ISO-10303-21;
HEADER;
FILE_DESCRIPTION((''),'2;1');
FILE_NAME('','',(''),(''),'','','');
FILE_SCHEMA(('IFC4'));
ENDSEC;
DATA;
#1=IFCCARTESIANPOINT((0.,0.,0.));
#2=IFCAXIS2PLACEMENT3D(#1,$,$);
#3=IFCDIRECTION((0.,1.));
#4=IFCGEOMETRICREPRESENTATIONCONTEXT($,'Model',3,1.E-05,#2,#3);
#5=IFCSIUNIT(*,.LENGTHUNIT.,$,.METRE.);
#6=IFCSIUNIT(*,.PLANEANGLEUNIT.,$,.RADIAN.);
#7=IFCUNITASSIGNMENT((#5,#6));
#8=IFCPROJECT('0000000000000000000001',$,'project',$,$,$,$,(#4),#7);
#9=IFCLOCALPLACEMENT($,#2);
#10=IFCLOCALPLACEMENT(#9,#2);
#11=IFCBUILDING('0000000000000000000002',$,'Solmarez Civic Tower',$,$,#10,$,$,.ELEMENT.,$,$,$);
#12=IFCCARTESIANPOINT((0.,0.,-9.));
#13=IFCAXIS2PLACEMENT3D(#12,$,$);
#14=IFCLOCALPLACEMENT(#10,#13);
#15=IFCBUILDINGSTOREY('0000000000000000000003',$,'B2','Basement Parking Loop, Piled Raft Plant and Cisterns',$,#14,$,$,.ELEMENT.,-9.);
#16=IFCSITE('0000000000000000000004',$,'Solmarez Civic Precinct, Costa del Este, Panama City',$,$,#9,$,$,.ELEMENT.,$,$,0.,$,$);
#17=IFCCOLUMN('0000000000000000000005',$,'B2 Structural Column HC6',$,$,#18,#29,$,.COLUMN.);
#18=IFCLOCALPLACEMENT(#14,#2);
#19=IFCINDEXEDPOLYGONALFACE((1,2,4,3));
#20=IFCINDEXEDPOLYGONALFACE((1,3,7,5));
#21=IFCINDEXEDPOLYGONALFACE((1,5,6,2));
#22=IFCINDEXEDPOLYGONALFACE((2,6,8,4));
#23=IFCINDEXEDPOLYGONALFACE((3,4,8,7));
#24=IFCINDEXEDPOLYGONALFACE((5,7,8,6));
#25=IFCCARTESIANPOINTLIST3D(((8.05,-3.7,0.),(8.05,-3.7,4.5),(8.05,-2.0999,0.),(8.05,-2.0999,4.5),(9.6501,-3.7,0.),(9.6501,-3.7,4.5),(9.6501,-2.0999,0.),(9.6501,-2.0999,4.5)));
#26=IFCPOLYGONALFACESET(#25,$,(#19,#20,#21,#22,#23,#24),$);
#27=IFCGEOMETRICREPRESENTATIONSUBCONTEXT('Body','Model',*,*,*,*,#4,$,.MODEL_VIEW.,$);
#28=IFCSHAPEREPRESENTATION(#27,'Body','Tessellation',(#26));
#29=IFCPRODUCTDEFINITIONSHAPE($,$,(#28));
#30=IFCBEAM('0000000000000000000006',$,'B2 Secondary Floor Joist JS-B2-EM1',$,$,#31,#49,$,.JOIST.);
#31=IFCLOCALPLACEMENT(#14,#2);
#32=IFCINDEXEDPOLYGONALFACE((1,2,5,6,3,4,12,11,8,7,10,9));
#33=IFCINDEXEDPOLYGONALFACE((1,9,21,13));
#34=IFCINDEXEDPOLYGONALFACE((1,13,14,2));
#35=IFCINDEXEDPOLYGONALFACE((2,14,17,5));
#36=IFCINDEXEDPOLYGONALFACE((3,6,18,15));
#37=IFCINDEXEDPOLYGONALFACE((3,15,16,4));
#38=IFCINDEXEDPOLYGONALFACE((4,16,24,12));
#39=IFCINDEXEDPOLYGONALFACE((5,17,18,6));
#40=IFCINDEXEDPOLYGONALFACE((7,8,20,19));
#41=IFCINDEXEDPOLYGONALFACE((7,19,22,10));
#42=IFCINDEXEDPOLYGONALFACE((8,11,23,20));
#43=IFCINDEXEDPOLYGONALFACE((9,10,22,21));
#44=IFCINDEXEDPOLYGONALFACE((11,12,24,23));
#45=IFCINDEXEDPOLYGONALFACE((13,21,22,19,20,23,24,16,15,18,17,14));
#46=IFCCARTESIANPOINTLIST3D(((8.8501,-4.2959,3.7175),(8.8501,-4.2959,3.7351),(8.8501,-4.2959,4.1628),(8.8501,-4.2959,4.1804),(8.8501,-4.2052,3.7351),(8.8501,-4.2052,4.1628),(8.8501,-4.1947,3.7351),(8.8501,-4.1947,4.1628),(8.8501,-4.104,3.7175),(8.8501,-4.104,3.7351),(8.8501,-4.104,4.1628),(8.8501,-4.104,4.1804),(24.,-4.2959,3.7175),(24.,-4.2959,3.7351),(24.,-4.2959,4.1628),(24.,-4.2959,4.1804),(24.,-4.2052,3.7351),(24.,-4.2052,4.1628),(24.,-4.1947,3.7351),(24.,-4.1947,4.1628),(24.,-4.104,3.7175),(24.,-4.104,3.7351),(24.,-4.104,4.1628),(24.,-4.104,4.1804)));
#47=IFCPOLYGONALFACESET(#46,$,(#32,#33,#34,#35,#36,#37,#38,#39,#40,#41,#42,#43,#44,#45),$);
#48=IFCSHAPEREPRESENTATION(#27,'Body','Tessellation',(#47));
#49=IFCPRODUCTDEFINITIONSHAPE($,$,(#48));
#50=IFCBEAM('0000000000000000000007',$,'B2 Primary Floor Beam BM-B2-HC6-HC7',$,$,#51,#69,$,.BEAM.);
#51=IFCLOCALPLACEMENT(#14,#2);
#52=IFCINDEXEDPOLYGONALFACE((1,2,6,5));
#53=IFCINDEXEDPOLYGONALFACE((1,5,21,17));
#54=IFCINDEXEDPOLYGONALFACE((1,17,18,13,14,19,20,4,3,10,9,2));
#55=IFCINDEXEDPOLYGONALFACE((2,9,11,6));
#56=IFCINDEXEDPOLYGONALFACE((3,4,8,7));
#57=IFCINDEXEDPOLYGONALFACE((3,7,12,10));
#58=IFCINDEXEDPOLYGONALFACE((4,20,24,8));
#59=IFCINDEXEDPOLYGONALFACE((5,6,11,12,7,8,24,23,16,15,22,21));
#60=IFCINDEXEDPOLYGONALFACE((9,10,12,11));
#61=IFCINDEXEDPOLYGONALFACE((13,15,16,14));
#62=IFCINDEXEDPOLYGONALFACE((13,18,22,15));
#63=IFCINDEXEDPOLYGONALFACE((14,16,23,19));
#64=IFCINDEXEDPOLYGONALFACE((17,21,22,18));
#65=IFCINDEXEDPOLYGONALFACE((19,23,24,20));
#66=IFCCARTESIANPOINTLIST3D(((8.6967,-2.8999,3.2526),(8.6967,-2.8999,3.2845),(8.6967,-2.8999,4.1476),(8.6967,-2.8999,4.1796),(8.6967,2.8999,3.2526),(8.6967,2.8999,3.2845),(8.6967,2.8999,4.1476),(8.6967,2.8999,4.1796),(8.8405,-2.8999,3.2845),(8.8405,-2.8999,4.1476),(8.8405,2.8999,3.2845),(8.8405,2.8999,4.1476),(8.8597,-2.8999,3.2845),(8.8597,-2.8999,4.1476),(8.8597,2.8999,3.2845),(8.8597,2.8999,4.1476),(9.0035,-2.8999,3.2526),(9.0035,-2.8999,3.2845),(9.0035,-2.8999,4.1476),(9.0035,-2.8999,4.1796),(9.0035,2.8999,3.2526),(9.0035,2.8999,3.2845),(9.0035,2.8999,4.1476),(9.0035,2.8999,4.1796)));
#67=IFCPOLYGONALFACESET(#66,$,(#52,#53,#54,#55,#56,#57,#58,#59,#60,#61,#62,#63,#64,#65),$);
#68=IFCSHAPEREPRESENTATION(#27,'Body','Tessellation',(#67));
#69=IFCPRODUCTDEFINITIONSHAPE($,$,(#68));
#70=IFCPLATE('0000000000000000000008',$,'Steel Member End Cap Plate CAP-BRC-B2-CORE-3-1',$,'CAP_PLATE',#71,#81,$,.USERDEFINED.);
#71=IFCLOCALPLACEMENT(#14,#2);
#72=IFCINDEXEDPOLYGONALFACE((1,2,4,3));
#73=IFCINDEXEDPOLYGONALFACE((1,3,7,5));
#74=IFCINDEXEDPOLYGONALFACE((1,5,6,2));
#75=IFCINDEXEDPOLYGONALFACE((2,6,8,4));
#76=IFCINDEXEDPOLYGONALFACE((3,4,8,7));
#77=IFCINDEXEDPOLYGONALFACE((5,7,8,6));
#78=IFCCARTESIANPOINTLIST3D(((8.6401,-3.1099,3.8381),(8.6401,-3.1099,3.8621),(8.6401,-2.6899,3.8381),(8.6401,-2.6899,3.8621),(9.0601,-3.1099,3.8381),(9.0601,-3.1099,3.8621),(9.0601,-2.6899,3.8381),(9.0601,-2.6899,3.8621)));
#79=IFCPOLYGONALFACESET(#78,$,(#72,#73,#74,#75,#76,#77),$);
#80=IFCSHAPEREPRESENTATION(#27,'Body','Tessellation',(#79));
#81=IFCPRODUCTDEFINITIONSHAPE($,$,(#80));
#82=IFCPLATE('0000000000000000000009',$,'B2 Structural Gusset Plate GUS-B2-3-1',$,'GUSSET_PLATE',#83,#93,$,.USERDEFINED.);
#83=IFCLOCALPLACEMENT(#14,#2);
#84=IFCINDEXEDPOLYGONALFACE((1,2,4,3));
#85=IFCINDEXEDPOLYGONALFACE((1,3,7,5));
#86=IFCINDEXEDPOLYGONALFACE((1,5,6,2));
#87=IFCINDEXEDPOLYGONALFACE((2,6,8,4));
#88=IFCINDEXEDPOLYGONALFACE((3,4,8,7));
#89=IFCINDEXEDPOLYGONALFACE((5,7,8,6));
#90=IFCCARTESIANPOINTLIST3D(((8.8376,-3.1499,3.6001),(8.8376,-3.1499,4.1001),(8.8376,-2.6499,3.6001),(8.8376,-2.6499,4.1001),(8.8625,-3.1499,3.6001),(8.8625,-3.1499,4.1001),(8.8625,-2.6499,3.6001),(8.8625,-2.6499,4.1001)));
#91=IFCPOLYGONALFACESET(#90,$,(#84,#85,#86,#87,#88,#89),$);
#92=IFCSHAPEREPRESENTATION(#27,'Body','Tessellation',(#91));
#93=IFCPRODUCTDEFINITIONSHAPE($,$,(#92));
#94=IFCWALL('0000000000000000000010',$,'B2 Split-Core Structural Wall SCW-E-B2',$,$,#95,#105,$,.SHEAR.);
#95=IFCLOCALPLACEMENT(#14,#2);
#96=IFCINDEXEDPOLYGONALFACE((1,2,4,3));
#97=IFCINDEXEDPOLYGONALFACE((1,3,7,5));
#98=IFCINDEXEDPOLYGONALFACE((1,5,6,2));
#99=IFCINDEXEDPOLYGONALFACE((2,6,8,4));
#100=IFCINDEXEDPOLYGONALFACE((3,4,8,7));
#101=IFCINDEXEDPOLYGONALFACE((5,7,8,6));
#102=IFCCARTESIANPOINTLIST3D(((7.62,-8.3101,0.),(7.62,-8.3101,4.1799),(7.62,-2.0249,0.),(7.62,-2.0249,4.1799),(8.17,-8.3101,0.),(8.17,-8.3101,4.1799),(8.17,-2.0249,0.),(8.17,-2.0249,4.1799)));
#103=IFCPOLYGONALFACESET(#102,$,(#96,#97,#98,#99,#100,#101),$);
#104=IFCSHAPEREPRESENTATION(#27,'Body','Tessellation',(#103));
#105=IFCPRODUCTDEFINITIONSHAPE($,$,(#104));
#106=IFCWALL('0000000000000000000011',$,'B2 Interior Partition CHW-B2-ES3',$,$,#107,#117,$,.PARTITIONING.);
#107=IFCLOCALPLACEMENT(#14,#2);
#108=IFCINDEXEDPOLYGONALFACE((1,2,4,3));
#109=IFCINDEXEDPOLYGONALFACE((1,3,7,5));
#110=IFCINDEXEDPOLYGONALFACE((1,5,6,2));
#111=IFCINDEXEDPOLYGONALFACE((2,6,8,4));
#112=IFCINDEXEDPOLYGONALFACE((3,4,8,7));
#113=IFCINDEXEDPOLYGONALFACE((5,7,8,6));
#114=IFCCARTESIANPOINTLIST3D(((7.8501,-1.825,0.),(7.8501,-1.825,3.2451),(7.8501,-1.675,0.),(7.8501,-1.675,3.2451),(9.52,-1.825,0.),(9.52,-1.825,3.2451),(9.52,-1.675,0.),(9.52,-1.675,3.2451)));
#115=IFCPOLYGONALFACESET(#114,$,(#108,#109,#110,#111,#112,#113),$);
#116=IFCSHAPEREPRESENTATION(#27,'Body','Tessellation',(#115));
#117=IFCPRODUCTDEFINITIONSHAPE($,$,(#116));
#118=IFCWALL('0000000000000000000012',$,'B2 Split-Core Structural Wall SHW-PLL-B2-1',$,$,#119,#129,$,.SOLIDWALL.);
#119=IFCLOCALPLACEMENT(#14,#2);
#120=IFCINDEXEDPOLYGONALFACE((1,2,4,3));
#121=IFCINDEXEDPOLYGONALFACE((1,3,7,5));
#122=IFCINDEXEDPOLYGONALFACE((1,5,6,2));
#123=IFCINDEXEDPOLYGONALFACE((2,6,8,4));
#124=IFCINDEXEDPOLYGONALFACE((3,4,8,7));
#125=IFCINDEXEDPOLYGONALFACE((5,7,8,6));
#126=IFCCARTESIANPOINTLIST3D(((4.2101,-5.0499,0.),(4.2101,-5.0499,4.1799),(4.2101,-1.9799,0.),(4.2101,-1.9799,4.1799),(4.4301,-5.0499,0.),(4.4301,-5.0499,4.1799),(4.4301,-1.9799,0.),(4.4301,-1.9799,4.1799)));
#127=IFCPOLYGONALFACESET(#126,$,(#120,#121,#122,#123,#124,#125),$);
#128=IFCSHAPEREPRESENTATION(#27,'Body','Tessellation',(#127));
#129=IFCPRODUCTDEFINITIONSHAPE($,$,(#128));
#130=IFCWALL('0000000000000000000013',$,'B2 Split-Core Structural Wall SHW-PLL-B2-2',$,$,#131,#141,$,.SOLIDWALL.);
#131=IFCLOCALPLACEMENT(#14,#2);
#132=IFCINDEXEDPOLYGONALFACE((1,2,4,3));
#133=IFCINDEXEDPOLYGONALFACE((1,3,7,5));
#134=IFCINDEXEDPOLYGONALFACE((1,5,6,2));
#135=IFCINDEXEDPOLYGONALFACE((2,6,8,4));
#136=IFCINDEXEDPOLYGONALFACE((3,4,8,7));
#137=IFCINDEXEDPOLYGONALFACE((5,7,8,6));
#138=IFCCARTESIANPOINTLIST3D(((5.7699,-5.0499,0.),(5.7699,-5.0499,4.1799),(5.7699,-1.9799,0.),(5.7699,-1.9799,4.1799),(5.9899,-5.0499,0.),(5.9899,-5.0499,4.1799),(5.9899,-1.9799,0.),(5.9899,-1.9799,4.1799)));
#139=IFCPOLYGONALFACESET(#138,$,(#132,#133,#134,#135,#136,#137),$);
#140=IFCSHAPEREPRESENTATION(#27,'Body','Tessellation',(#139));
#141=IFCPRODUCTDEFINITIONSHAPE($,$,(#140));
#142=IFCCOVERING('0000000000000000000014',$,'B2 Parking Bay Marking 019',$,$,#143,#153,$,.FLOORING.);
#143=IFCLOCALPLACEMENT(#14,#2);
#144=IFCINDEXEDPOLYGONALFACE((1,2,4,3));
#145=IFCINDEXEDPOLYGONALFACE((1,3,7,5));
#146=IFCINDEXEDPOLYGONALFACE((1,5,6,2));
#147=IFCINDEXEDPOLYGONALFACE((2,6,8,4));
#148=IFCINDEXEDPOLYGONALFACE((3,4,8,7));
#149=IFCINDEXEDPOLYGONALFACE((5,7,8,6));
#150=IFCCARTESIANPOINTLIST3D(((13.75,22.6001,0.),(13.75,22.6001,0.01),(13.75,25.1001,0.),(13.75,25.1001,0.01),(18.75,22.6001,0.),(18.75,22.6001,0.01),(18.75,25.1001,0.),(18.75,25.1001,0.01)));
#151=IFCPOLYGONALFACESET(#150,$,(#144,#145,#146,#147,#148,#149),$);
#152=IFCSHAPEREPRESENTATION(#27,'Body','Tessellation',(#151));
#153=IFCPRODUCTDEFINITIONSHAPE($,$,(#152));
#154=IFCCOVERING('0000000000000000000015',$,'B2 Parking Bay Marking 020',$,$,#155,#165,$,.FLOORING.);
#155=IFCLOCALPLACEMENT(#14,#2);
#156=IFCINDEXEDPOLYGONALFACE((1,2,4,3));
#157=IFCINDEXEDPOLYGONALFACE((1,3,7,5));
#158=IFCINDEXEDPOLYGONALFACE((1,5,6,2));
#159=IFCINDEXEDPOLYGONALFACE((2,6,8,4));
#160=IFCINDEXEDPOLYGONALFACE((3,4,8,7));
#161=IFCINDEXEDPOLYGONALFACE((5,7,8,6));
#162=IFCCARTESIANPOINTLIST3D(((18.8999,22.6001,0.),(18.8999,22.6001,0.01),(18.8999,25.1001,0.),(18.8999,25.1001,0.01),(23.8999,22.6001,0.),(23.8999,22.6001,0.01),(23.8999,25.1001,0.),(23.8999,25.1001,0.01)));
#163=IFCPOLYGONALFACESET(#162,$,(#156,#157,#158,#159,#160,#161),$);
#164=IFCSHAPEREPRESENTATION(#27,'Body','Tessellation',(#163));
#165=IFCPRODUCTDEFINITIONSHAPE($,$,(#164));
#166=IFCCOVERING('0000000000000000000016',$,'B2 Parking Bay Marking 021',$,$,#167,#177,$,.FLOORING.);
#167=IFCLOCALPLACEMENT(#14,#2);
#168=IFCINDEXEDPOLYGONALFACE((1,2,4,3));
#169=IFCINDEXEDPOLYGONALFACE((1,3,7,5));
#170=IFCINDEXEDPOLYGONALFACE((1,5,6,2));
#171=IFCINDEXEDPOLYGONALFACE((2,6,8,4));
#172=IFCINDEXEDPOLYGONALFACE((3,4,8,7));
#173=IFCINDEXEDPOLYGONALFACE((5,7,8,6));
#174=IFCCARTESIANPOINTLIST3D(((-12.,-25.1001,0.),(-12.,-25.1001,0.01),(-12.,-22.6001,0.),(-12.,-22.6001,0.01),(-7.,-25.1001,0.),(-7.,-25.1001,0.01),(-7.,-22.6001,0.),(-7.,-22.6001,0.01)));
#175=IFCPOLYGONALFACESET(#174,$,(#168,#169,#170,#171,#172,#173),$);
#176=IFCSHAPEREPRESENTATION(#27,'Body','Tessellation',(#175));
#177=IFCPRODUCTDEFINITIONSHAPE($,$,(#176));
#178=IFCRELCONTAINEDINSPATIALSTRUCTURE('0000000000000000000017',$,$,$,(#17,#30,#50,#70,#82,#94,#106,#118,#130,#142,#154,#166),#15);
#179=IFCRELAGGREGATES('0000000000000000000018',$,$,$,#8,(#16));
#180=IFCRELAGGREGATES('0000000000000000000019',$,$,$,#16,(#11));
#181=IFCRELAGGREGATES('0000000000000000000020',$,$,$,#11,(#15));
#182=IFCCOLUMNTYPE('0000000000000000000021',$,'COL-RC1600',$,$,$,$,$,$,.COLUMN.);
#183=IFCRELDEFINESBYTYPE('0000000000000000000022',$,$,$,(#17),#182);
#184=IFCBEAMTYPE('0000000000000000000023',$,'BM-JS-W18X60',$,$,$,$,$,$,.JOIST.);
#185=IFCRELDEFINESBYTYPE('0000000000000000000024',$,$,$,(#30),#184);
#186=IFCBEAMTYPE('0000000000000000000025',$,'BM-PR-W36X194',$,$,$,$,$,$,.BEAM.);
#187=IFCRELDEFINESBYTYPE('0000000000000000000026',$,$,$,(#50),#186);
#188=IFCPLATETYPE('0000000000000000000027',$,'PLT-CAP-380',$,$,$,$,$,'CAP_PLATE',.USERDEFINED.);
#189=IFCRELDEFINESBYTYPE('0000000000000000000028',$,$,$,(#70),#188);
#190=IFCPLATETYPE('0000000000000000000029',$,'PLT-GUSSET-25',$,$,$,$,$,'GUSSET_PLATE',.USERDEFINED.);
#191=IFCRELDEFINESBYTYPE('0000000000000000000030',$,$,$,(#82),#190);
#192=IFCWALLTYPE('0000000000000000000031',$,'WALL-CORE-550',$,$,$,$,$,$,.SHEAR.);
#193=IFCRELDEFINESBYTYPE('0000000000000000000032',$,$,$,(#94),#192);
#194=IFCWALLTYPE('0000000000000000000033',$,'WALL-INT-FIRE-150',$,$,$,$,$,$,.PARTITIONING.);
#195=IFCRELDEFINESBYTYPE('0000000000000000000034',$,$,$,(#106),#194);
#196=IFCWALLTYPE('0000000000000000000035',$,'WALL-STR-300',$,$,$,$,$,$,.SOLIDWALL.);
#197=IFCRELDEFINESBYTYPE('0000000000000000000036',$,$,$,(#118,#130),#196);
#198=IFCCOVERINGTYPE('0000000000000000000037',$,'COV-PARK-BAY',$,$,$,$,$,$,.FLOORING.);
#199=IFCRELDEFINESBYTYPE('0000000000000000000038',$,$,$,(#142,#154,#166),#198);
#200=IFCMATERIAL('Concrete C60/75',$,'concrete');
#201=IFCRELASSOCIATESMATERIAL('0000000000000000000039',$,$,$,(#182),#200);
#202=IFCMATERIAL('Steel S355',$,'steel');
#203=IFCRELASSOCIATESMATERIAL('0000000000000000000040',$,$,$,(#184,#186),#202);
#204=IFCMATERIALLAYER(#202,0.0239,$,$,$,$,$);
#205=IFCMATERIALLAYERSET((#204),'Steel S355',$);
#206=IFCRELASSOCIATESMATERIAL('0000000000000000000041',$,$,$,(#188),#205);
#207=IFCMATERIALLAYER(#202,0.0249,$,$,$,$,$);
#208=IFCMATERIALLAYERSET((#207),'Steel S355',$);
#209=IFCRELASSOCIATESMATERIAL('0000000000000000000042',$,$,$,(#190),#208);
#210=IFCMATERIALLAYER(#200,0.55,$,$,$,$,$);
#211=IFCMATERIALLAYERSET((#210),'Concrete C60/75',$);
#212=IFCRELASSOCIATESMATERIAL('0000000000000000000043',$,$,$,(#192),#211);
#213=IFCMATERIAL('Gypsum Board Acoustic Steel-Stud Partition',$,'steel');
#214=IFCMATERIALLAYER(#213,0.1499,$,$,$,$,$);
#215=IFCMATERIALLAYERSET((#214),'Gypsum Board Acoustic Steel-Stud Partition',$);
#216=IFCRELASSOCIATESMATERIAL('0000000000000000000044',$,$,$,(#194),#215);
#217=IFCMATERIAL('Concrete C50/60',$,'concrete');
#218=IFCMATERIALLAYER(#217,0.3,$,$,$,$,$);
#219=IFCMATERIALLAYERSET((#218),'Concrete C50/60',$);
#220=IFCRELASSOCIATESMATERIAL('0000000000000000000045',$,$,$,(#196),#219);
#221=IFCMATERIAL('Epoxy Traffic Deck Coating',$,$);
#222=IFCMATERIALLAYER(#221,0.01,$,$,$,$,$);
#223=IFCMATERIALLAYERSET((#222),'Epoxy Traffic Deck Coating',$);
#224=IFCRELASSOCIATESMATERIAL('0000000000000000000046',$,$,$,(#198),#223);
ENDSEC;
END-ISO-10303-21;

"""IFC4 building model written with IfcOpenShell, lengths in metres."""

from ifc_helpers import new_model, si_unit, direction, frame, frame_2d, origin, origin_2d, place, context, subcontext, project, spatial, polyline, rectangle, i_section, outline, extrude, material, layer, layer_set, material_profile, profile_set, type_object, element, save


model = new_model("IFC4")

# Units and contexts
model_context = context("Model", 3, precision=1e-05, world=origin(), true_north=direction((0.0, 1.0)))
body_context = subcontext(model_context, "Body", "Model", "MODEL_VIEW")
ifc_project = project(units=[si_unit("LENGTHUNIT", "METRE"), si_unit("PLANEANGLEUNIT", "RADIAN")], contexts=[model_context])

# Site, building, storey
site_placement = place(None, origin())
site = spatial("IfcSite", under=ifc_project, at=site_placement, Name="Solmarez Civic Precinct, Costa del Este, Panama City", CompositionType="ELEMENT", RefElevation=0.0)
building_placement = place(site_placement, origin())
building = spatial("IfcBuilding", under=site, at=building_placement, Name="Solmarez Civic Tower", CompositionType="ELEMENT")
storey_placement = place(building_placement, frame((0.0, 0.0, -9.0)))
storey = spatial("IfcBuildingStorey", under=building, at=storey_placement, Name="B2", Description="Basement Parking Loop, Piled Raft Plant and Cisterns", CompositionType="ELEMENT", Elevation=-9.0)

# Column
ifc_material_1 = material(Name="Concrete C60/75", Category="concrete")
ifc_material_profile_1 = material_profile(ifc_material_1, rectangle(XDim=1.6001, YDim=1.6001, at=origin_2d()), Name="RC1600X1600")
ifc_profile_set_1 = profile_set([ifc_material_profile_1], Name="Concrete C60/75")
column_type = type_object("IfcColumnType", Name="COL-RC1600", PredefinedType="COLUMN", material=ifc_profile_set_1)
column_placement = place(storey_placement, frame((8.8501, -2.8999, 0.0), z_axis=(0.0, 0.0, 1.0), x_axis=(1.0, 0.0, 0.0)))
element("IfcColumn", 1, at=column_placement, inside=storey, type_object=column_type, Name="B2 Structural Column HC6", PredefinedType="COLUMN", context=body_context, shape_type="SweptSolid", body=[
    extrude(rectangle(XDim=1.6001, YDim=1.6001, at=origin_2d()), origin(), (0.0, 0.0, 1.0), 4.5),
])

# Beams
ifc_material_2 = material(Name="Steel S355", Category="steel")
ifc_material_profile_2 = material_profile(ifc_material_2, i_section(OverallWidth=0.1919, OverallDepth=0.4629, WebThickness=0.0105, FlangeThickness=0.0176, at=origin_2d()), Name="W18X60")
ifc_profile_set_2 = profile_set([ifc_material_profile_2], Name="Steel S355")
beam_type_1 = type_object("IfcBeamType", Name="BM-JS-W18X60", PredefinedType="JOIST", material=ifc_profile_set_2)
beam_1_placement = place(storey_placement, frame((8.8501, -4.2, 3.949), z_axis=(1.0, 0.0, 0.0), x_axis=(0.0, 1.0, 0.0)))
element("IfcBeam", 2, at=beam_1_placement, inside=storey, type_object=beam_type_1, Name="B2 Secondary Floor Joist JS-B2-EM1", PredefinedType="JOIST", context=body_context, shape_type="SweptSolid", body=[
    extrude(i_section(OverallWidth=0.1919, OverallDepth=0.4629, WebThickness=0.0105, FlangeThickness=0.0176, at=origin_2d()), origin(), (0.0, 0.0, 1.0), 15.1499),
])
ifc_material_profile_3 = material_profile(ifc_material_2, i_section(OverallWidth=0.3069, OverallDepth=0.927, WebThickness=0.0193, FlangeThickness=0.032, at=origin_2d()), Name="W36X194")
ifc_profile_set_3 = profile_set([ifc_material_profile_3], Name="Steel S355")
beam_type_2 = type_object("IfcBeamType", Name="BM-PR-W36X194", PredefinedType="BEAM", material=ifc_profile_set_3)
beam_2_placement = place(storey_placement, frame((8.8501, -2.8999, 3.7161), z_axis=(0.0, 1.0, 0.0), x_axis=(-1.0, 0.0, 0.0)))
element("IfcBeam", 3, at=beam_2_placement, inside=storey, type_object=beam_type_2, Name="B2 Primary Floor Beam BM-B2-HC6-HC7", PredefinedType="BEAM", context=body_context, shape_type="SweptSolid", body=[
    extrude(i_section(OverallWidth=0.3069, OverallDepth=0.927, WebThickness=0.0193, FlangeThickness=0.032, at=origin_2d()), origin(), (0.0, 0.0, 1.0), 5.7998),
])

# Plates
ifc_layer_1 = layer(ifc_material_2, 0.0239)
ifc_layer_set_1 = layer_set([ifc_layer_1], Name="Steel S355")
plate_type_1 = type_object("IfcPlateType", Name="PLT-CAP-380", ElementType="CAP_PLATE", PredefinedType="USERDEFINED", material=ifc_layer_set_1)
plate_1_placement = place(storey_placement, frame((8.8501, -2.8999, 3.8381), z_axis=(0.0, 0.0, 1.0), x_axis=(1.0, 0.0, 0.0)))
element("IfcPlate", 4, at=plate_1_placement, inside=storey, type_object=plate_type_1, Name="Steel Member End Cap Plate CAP-BRC-B2-CORE-3-1", ObjectType="CAP_PLATE", PredefinedType="USERDEFINED", context=body_context, shape_type="SweptSolid", body=[
    extrude(rectangle(XDim=0.4199, YDim=0.4199, at=origin_2d()), origin(), (0.0, 0.0, 1.0), 0.0239),
])
ifc_layer_2 = layer(ifc_material_2, 0.0249)
ifc_layer_set_2 = layer_set([ifc_layer_2], Name="Steel S355")
plate_type_2 = type_object("IfcPlateType", Name="PLT-GUSSET-25", ElementType="GUSSET_PLATE", PredefinedType="USERDEFINED", material=ifc_layer_set_2)
plate_2_placement = place(storey_placement, frame((8.8501, -2.8999, 3.6001), z_axis=(0.0, 0.0, 1.0), x_axis=(0.0, 1.0, 0.0)))
element("IfcPlate", 5, at=plate_2_placement, inside=storey, type_object=plate_type_2, Name="B2 Structural Gusset Plate GUS-B2-3-1", ObjectType="GUSSET_PLATE", PredefinedType="USERDEFINED", context=body_context, shape_type="SweptSolid", body=[
    extrude(rectangle(XDim=0.5, YDim=0.0249, at=origin_2d()), origin(), (0.0, 0.0, 1.0), 0.5),
])

# Walls
ifc_layer_3 = layer(ifc_material_1, 0.55)
ifc_layer_set_3 = layer_set([ifc_layer_3], Name="Concrete C60/75")
wall_type_1 = type_object("IfcWallType", Name="WALL-CORE-550", PredefinedType="SHEAR", material=ifc_layer_set_3)
wall_1_placement = place(storey_placement, frame((7.895, -2.0249, 0.0), z_axis=(0.0, 0.0, 1.0), x_axis=(0.0, -1.0, 0.0)))
element("IfcWall", 6, at=wall_1_placement, inside=storey, type_object=wall_type_1, Name="B2 Split-Core Structural Wall SCW-E-B2", PredefinedType="SHEAR", context=body_context, shape_type="SweptSolid", body=[
    extrude(rectangle(XDim=6.2852, YDim=0.55, at=frame_2d((3.1426, 0.0))), origin(), (0.0, 0.0, 1.0), 4.1799),
])
ifc_material_3 = material(Name="Gypsum Board Acoustic Steel-Stud Partition", Category="steel")
ifc_layer_4 = layer(ifc_material_3, 0.1499)
ifc_layer_set_4 = layer_set([ifc_layer_4], Name="Gypsum Board Acoustic Steel-Stud Partition")
wall_type_2 = type_object("IfcWallType", Name="WALL-INT-FIRE-150", PredefinedType="PARTITIONING", material=ifc_layer_set_4)
wall_2_placement = place(storey_placement, frame((7.8501, -1.75, 0.0), z_axis=(0.0, 0.0, 1.0), x_axis=(1.0, 0.0, 0.0)))
element("IfcWall", 7, at=wall_2_placement, inside=storey, type_object=wall_type_2, Name="B2 Interior Partition CHW-B2-ES3", PredefinedType="PARTITIONING", context=body_context, shape_type="SweptSolid", body=[
    extrude(rectangle(XDim=1.6699, YDim=0.1499, at=frame_2d((0.835, 0.0))), origin(), (0.0, 0.0, 1.0), 3.2451),
])
ifc_material_4 = material(Name="Concrete C50/60", Category="concrete")
ifc_layer_5 = layer(ifc_material_4, 0.3)
ifc_layer_set_5 = layer_set([ifc_layer_5], Name="Concrete C50/60")
wall_type_3 = type_object("IfcWallType", Name="WALL-STR-300", PredefinedType="SOLIDWALL", material=ifc_layer_set_5)
for number, where, z_axis, x_axis, name in (
    (8, (4.3201, -5.05, 0.0), (0.0, 0.0, 1.0), (0.0, 1.0, 0.0), "B2 Split-Core Structural Wall SHW-PLL-B2-1"),
    (9, (5.8799, -5.05, 0.0), (0.0, 0.0, 1.0), (0.0, 1.0, 0.0), "B2 Split-Core Structural Wall SHW-PLL-B2-2"),
):
    element("IfcWall", number, at=place(storey_placement, frame(where, z_axis=z_axis, x_axis=x_axis)), inside=storey, type_object=wall_type_3, Name=name, PredefinedType="SOLIDWALL", context=body_context, shape_type="SweptSolid", body=[
        extrude(rectangle(XDim=3.0701, YDim=0.22, at=frame_2d((1.5352, 0.0))), origin(), (0.0, 0.0, 1.0), 4.1799),
    ])

# Coverings
ifc_material_5 = material(Name="Epoxy Traffic Deck Coating")
ifc_layer_6 = layer(ifc_material_5, 0.01)
ifc_layer_set_6 = layer_set([ifc_layer_6], Name="Epoxy Traffic Deck Coating")
covering_type = type_object("IfcCoveringType", Name="COV-PARK-BAY", PredefinedType="FLOORING", material=ifc_layer_set_6)
covering_1_placement = place(storey_placement, origin())
element("IfcCovering", 10, at=covering_1_placement, inside=storey, type_object=covering_type, Name="B2 Parking Bay Marking 019", PredefinedType="FLOORING", context=body_context, shape_type="SweptSolid", body=[
    extrude(outline(polyline([(13.75, 22.6001), (18.75, 22.6001), (18.75, 25.1001), (13.75, 25.1001), (13.75, 22.6001)])), origin(), (0.0, 0.0, 1.0), 0.01),
])
covering_2_placement = place(storey_placement, origin())
element("IfcCovering", 11, at=covering_2_placement, inside=storey, type_object=covering_type, Name="B2 Parking Bay Marking 020", PredefinedType="FLOORING", context=body_context, shape_type="SweptSolid", body=[
    extrude(outline(polyline([(18.8999, 22.6001), (23.8999, 22.6001), (23.8999, 25.1001), (18.8999, 25.1001), (18.8999, 22.6001)])), origin(), (0.0, 0.0, 1.0), 0.01),
])
covering_3_placement = place(storey_placement, origin())
element("IfcCovering", 12, at=covering_3_placement, inside=storey, type_object=covering_type, Name="B2 Parking Bay Marking 021", PredefinedType="FLOORING", context=body_context, shape_type="SweptSolid", body=[
    extrude(outline(polyline([(-12.0, -25.1001), (-7.0, -25.1001), (-7.0, -22.6001), (-12.0, -22.6001), (-12.0, -25.1001)])), origin(), (0.0, 0.0, 1.0), 0.01),
])

save(model, "model.ifc")
